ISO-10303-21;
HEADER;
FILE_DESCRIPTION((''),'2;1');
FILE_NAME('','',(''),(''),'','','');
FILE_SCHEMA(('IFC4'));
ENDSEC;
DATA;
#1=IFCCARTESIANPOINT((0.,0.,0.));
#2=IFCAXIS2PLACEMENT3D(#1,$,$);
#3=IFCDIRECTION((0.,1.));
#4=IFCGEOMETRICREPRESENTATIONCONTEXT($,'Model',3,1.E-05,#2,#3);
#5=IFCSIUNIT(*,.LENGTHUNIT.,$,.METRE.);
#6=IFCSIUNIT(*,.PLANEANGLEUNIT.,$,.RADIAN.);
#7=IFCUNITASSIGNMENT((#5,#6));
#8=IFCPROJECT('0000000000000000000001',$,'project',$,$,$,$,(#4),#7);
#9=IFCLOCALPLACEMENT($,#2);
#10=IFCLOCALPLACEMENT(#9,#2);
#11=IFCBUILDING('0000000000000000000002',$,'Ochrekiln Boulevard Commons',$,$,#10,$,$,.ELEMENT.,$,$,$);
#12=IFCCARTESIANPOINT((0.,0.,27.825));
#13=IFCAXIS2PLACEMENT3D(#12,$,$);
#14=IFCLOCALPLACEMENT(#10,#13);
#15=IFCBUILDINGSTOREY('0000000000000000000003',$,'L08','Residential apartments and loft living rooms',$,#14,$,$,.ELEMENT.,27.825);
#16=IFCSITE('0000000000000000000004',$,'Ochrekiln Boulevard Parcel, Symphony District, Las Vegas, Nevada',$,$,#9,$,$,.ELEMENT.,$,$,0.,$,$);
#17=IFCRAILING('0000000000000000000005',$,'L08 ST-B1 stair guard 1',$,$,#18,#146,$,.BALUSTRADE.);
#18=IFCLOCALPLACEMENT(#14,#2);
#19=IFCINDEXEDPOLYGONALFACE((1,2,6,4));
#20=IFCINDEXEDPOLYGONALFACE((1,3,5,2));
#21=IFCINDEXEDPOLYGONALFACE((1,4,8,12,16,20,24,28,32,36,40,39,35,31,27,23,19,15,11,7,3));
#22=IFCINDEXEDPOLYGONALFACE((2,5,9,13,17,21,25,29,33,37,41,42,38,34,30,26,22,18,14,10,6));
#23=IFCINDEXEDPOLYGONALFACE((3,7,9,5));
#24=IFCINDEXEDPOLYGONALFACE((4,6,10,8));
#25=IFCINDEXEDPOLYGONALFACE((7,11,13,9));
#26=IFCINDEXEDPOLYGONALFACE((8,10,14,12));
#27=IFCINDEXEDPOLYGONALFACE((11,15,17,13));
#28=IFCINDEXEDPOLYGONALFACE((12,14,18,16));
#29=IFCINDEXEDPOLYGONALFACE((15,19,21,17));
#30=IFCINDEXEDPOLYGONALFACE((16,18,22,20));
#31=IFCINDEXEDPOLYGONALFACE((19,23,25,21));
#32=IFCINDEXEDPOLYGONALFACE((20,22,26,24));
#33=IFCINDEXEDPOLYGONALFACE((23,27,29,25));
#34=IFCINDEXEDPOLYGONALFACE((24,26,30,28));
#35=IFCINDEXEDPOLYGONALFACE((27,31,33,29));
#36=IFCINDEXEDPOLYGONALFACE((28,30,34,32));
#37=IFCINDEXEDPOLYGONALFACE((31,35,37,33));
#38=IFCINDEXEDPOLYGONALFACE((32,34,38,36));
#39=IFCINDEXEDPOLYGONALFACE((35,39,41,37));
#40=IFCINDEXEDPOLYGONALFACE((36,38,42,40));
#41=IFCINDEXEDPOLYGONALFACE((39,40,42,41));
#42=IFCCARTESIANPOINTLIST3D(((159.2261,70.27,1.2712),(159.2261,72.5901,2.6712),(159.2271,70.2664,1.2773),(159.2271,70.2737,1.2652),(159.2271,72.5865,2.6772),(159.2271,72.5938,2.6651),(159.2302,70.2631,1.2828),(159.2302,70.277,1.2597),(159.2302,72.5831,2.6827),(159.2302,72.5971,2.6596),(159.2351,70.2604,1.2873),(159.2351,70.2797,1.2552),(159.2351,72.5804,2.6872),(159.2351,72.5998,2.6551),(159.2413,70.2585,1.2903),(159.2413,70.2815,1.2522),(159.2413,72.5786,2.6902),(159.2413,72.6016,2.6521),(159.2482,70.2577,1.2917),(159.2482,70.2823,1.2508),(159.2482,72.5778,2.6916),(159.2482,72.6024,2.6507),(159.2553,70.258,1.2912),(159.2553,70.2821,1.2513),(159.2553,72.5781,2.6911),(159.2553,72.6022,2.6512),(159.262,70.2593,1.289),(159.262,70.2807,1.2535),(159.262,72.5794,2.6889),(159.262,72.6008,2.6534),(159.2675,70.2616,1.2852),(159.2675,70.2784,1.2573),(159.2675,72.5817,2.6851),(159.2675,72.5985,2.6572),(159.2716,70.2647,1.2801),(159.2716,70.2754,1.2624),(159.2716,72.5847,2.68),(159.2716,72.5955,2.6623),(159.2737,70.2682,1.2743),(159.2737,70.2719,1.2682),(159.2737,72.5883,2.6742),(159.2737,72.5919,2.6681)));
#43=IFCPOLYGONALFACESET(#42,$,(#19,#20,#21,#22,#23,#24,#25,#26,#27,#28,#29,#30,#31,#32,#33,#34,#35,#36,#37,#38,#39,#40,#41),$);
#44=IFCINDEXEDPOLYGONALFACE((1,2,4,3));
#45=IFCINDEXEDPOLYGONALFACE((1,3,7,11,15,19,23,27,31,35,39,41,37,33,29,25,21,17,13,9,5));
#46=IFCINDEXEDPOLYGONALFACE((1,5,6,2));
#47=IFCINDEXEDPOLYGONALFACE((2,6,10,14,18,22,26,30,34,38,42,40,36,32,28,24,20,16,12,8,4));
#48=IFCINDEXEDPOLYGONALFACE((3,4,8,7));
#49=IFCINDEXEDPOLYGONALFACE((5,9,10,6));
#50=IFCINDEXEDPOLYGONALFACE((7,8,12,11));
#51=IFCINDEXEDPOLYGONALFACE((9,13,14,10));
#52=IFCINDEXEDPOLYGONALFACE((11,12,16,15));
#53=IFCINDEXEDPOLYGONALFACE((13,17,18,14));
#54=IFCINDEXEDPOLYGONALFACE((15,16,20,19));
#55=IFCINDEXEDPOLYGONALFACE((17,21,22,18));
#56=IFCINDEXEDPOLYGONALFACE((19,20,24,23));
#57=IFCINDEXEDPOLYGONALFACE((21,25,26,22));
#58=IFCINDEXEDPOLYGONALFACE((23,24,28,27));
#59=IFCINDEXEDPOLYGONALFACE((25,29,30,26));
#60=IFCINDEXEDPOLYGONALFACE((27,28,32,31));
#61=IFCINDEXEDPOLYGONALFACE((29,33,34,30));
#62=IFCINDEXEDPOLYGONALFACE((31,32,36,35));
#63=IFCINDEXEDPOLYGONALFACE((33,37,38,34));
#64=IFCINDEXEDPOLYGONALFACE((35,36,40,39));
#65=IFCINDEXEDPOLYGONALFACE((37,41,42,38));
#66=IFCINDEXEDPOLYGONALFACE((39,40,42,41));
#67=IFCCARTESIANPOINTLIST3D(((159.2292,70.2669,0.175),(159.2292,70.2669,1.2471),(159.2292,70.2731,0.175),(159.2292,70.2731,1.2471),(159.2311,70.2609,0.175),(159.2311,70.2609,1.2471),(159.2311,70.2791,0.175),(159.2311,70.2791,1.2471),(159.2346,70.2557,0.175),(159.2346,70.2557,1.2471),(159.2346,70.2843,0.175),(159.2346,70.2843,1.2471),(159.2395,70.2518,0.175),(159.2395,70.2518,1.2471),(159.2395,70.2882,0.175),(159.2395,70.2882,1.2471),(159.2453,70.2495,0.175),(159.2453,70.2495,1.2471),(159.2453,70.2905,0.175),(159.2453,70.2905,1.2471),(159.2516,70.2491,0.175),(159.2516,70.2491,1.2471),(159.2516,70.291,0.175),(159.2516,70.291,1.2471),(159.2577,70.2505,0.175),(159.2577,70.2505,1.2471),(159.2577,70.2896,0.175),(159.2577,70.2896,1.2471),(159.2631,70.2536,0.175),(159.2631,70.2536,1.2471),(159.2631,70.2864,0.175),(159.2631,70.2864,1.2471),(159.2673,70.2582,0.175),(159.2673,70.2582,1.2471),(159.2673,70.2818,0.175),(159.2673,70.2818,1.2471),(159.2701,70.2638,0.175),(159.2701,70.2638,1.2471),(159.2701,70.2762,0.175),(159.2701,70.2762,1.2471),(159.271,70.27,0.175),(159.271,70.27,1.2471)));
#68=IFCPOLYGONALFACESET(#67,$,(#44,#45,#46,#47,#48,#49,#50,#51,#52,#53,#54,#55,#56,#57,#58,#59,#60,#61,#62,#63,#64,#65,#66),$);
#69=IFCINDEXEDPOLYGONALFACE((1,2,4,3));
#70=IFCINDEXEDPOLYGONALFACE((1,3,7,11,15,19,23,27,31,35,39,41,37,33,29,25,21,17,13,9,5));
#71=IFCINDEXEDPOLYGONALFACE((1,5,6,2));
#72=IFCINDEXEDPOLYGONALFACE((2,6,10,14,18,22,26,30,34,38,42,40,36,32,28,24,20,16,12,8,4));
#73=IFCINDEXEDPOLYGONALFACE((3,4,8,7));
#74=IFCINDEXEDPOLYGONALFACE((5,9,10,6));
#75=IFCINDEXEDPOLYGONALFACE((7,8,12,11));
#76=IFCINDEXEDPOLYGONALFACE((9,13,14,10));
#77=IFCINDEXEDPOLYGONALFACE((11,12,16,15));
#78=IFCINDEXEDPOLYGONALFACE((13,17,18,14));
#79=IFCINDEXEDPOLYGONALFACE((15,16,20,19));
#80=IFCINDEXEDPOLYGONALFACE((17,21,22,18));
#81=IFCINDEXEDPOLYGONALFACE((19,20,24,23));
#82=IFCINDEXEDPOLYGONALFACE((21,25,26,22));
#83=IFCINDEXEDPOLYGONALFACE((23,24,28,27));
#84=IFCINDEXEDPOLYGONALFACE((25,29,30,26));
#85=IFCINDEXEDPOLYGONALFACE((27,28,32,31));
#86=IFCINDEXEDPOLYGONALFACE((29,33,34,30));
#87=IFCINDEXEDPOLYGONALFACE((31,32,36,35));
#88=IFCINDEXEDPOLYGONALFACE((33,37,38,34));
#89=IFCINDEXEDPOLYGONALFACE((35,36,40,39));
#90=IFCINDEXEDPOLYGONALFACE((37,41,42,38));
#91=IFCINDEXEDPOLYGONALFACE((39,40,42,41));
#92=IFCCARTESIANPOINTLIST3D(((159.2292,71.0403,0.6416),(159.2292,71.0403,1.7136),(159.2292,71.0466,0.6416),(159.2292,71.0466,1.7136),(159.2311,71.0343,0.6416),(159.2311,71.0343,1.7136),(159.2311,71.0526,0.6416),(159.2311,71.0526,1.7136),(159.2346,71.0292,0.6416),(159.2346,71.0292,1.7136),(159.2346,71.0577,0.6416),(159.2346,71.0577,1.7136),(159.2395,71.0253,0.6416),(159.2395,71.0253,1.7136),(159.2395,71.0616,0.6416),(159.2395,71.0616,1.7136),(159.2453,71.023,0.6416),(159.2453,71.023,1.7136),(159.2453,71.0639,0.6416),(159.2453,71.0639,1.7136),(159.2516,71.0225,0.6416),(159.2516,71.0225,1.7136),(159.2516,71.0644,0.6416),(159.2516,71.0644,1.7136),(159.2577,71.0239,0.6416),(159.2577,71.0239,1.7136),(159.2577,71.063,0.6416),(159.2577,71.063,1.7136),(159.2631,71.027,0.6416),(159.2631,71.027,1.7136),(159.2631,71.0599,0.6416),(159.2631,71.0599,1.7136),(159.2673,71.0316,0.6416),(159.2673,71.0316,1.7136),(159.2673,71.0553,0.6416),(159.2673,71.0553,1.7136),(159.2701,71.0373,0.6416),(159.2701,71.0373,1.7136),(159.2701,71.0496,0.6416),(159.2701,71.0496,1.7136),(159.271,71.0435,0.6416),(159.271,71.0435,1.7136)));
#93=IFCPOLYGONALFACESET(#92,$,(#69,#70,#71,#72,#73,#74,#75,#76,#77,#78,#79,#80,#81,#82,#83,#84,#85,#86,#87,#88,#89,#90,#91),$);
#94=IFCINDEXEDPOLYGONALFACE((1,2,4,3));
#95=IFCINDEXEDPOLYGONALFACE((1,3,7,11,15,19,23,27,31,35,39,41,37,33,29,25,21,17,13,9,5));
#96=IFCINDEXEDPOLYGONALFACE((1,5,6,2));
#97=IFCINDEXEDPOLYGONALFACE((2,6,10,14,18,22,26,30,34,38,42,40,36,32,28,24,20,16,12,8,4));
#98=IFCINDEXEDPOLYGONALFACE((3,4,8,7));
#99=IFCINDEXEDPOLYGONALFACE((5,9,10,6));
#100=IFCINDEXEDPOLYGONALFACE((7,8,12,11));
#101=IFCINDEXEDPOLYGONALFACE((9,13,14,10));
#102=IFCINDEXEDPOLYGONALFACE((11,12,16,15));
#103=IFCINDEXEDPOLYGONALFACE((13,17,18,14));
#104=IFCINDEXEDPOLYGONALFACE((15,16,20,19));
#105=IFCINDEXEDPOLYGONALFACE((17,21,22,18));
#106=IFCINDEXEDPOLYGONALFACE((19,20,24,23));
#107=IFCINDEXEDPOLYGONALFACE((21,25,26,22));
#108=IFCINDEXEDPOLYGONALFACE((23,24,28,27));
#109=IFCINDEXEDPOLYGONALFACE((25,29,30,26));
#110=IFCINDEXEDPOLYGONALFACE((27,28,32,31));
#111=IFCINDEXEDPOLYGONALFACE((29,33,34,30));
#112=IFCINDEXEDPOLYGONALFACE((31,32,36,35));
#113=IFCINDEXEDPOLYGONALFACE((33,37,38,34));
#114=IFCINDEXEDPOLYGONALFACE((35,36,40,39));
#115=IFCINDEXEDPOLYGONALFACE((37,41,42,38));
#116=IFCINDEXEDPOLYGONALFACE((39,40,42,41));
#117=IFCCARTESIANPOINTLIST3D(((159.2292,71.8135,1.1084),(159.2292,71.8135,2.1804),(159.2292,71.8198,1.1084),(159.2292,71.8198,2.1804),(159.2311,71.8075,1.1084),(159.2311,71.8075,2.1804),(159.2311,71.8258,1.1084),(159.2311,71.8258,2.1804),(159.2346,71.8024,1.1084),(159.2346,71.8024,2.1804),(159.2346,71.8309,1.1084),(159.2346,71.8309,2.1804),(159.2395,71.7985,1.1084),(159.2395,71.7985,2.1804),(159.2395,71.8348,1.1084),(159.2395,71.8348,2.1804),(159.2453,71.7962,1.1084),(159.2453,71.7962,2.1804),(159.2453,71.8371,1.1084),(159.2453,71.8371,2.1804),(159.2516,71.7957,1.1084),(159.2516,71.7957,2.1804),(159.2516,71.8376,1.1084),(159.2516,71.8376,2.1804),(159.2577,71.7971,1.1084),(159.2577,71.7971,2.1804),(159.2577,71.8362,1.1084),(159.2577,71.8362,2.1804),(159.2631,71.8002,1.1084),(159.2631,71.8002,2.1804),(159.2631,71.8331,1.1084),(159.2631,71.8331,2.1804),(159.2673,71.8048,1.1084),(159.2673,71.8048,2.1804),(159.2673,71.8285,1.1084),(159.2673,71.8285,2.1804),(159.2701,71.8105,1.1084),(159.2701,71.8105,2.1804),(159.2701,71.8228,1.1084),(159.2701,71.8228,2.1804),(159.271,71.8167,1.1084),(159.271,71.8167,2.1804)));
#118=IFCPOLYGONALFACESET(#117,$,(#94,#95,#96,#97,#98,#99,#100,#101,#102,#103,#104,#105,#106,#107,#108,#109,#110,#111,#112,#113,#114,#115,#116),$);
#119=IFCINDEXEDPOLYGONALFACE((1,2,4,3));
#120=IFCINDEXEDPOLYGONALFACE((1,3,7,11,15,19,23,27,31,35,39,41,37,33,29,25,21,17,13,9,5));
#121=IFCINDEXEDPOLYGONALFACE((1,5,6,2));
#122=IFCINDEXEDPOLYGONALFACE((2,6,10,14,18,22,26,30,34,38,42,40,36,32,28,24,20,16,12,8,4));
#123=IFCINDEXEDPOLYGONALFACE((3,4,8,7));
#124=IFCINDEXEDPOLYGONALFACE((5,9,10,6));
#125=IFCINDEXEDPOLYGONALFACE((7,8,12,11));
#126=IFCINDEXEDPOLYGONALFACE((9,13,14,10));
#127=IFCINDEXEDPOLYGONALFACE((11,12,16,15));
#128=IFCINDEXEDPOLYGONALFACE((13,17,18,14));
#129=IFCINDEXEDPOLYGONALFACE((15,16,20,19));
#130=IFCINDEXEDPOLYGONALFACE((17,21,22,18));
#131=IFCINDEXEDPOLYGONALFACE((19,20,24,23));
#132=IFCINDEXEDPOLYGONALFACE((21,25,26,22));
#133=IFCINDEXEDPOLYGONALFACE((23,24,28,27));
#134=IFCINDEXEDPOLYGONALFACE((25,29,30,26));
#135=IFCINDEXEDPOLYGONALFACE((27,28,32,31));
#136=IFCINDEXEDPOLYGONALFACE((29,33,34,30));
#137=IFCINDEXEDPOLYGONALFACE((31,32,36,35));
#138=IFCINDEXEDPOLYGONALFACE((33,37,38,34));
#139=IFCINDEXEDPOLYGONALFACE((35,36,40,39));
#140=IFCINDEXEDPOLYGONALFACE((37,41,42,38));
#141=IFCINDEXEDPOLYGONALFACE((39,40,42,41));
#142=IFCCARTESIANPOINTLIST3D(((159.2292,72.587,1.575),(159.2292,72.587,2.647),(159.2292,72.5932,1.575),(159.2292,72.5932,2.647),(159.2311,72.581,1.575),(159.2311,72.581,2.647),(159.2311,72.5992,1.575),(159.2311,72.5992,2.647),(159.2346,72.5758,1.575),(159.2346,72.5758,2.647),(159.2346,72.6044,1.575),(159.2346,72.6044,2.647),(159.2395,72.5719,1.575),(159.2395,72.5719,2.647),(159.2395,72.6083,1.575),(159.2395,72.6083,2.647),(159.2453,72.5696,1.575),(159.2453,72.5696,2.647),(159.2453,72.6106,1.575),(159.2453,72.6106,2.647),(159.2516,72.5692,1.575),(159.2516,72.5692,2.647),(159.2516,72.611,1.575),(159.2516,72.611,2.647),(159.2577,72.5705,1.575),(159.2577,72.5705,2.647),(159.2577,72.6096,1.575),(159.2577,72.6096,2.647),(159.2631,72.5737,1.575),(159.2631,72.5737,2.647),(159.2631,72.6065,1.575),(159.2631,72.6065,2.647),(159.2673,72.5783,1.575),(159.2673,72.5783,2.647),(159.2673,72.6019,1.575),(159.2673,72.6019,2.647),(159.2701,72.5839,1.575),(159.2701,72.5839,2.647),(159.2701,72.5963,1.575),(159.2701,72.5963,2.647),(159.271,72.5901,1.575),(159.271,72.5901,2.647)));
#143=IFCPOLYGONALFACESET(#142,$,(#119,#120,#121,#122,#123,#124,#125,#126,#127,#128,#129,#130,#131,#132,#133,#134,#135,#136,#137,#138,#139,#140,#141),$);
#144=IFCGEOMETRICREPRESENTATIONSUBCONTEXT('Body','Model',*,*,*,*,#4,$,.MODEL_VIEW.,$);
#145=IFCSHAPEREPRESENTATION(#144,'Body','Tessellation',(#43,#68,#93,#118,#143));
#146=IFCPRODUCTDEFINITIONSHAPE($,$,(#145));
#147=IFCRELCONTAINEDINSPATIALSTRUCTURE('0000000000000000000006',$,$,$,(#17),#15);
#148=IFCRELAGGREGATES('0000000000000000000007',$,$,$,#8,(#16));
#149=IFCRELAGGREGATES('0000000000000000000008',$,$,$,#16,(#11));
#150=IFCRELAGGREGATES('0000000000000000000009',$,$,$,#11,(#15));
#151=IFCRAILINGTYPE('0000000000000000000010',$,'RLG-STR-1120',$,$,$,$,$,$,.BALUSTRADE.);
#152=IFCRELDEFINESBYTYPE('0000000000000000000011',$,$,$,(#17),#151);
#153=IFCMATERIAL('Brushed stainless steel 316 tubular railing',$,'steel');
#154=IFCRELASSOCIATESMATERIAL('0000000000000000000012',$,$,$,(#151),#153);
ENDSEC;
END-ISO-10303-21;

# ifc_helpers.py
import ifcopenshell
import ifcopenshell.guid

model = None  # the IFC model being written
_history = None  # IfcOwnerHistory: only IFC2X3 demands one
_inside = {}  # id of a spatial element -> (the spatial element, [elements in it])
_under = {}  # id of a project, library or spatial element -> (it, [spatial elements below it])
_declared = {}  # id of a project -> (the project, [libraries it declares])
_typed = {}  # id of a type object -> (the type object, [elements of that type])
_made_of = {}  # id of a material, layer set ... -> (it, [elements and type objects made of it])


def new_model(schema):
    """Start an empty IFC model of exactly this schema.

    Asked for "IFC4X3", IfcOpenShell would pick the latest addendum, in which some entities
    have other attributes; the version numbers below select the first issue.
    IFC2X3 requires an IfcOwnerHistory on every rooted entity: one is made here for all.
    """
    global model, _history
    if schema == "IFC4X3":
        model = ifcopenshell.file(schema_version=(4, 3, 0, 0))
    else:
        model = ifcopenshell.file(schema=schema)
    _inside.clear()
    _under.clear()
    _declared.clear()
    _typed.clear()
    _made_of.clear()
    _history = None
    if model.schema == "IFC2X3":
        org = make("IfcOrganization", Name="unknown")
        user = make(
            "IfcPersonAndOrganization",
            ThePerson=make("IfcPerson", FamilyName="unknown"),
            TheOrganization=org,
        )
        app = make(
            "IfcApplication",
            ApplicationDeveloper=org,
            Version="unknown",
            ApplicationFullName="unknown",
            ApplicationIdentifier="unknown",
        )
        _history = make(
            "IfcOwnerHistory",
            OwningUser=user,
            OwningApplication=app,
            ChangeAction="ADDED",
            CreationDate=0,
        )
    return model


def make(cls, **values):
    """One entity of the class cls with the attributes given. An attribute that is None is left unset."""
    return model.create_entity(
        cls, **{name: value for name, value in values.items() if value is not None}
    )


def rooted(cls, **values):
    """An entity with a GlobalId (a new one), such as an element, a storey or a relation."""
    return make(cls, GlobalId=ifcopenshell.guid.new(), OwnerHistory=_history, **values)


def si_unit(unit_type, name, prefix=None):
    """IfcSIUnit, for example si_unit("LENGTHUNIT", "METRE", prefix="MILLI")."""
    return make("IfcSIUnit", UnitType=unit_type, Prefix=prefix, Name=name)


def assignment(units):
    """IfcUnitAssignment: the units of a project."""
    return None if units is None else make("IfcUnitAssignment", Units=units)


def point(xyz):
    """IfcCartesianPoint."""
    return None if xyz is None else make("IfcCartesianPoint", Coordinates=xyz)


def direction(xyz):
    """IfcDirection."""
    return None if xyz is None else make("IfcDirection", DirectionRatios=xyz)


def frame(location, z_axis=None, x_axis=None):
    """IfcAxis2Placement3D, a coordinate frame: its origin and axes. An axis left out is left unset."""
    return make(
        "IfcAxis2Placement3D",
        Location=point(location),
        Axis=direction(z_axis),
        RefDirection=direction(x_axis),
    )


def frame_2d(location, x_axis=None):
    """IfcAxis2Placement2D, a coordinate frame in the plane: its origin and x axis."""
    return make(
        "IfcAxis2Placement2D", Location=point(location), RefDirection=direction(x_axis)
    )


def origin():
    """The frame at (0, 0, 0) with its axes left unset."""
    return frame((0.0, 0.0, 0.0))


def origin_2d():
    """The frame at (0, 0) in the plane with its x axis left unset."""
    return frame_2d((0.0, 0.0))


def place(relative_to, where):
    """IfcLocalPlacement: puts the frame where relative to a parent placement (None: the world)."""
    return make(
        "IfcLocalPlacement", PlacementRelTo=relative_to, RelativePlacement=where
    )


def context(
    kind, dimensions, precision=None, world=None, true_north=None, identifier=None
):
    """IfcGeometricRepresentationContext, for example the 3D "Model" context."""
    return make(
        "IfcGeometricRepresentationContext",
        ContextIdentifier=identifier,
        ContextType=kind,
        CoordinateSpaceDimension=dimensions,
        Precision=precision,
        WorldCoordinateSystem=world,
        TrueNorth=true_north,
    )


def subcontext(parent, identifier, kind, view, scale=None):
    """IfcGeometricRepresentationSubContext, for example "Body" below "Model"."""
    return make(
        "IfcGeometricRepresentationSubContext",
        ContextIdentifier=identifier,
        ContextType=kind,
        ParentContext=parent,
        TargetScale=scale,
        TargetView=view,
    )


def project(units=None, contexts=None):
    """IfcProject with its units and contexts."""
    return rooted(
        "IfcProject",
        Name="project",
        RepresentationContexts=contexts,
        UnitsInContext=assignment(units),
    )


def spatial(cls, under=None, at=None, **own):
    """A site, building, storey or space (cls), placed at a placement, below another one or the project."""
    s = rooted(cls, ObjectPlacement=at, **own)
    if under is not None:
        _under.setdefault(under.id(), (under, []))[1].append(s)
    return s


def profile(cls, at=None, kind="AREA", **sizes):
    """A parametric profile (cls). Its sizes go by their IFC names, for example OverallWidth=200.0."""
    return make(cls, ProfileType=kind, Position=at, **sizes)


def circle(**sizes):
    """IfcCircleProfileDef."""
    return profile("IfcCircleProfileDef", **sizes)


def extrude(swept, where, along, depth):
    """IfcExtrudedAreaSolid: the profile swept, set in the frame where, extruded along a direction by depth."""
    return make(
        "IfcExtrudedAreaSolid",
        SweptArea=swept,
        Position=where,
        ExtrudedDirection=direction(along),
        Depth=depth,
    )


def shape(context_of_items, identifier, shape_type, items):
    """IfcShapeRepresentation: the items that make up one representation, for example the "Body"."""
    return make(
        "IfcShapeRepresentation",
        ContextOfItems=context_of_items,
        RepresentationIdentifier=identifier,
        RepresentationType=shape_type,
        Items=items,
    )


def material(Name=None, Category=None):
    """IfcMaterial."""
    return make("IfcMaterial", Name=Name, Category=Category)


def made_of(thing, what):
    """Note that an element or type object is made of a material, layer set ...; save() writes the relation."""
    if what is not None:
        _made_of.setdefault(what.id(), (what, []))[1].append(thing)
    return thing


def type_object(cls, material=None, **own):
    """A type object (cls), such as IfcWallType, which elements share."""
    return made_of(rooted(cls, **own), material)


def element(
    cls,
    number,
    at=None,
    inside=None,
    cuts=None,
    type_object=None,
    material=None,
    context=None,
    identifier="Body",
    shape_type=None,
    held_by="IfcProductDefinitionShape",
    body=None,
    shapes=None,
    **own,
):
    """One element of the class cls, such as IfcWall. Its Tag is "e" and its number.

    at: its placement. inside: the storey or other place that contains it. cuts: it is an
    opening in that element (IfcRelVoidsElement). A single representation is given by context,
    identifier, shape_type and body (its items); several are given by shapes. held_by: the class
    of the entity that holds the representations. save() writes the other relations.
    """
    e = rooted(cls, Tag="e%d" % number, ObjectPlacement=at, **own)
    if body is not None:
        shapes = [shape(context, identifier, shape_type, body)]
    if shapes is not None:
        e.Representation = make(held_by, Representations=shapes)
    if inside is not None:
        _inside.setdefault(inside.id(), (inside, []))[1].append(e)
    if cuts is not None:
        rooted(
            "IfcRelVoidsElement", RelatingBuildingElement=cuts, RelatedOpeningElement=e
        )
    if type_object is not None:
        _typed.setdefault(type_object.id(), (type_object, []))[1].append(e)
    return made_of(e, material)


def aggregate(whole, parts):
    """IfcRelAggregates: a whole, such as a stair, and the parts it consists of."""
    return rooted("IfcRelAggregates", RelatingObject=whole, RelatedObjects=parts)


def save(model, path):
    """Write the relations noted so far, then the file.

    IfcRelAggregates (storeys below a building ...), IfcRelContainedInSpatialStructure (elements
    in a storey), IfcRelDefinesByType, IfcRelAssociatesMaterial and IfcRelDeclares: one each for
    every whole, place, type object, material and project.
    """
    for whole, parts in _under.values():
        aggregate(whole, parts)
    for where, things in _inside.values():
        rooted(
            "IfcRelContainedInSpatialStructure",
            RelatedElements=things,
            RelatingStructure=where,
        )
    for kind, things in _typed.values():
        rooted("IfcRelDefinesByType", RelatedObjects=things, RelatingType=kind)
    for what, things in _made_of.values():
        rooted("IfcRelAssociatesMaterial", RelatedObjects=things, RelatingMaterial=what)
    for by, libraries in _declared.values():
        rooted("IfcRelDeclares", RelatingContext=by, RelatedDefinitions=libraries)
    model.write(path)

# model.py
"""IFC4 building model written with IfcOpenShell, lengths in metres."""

from ifc_helpers import new_model, si_unit, direction, frame, origin, origin_2d, place, context, subcontext, project, spatial, circle, extrude, material, type_object, element, save


model = new_model("IFC4")

# Units and contexts
model_context = context("Model", 3, precision=1e-05, world=origin(), true_north=direction((0.0, 1.0)))
body_context = subcontext(model_context, "Body", "Model", "MODEL_VIEW")
ifc_project = project(units=[si_unit("LENGTHUNIT", "METRE"), si_unit("PLANEANGLEUNIT", "RADIAN")], contexts=[model_context])

# Site, building, storey
site_placement = place(None, origin())
site = spatial("IfcSite", under=ifc_project, at=site_placement, Name="Ochrekiln Boulevard Parcel, Symphony District, Las Vegas, Nevada", CompositionType="ELEMENT", RefElevation=0.0)
building_placement = place(site_placement, origin())
building = spatial("IfcBuilding", under=site, at=building_placement, Name="Ochrekiln Boulevard Commons", CompositionType="ELEMENT")
storey_placement = place(building_placement, frame((0.0, 0.0, 27.825)))
storey = spatial("IfcBuildingStorey", under=building, at=storey_placement, Name="L08", Description="Residential apartments and loft living rooms", CompositionType="ELEMENT", Elevation=27.825)

# Railing
ifc_material_1 = material(Name="Brushed stainless steel 316 tubular railing", Category="steel")
railing_type_1 = type_object("IfcRailingType", Name="RLG-STR-1120", PredefinedType="BALUSTRADE", material=ifc_material_1)
railing_1_placement = place(storey_placement, frame((159.25, 70.27, 0.175)))
element("IfcRailing", 1, at=railing_1_placement, inside=storey, type_object=railing_type_1, Name="L08 ST-B1 stair guard 1", PredefinedType="BALUSTRADE", context=body_context, shape_type="SweptSolid", body=[
    extrude(circle(Radius=0.0239, at=origin_2d()), frame((0.0, 0.0, 1.0962), z_axis=(0.0, 0.85621, 0.516627), x_axis=(-1.0, 0.0, 0.0)), (0.0, 0.0, 1.0), 2.7097),
    extrude(circle(Radius=0.021, at=origin_2d()), origin(), (0.0, 0.0, 1.0), 1.072),
    extrude(circle(Radius=0.021, at=origin_2d()), frame((0.0, 0.7734, 0.4666)), (0.0, 0.0, 1.0), 1.072),
    extrude(circle(Radius=0.021, at=origin_2d()), frame((0.0, 1.5466, 0.9333)), (0.0, 0.0, 1.0), 1.072),
    extrude(circle(Radius=0.021, at=origin_2d()), frame((0.0, 2.3201, 1.3999)), (0.0, 0.0, 1.0), 1.072),
])

save(model, "model.ifc")
